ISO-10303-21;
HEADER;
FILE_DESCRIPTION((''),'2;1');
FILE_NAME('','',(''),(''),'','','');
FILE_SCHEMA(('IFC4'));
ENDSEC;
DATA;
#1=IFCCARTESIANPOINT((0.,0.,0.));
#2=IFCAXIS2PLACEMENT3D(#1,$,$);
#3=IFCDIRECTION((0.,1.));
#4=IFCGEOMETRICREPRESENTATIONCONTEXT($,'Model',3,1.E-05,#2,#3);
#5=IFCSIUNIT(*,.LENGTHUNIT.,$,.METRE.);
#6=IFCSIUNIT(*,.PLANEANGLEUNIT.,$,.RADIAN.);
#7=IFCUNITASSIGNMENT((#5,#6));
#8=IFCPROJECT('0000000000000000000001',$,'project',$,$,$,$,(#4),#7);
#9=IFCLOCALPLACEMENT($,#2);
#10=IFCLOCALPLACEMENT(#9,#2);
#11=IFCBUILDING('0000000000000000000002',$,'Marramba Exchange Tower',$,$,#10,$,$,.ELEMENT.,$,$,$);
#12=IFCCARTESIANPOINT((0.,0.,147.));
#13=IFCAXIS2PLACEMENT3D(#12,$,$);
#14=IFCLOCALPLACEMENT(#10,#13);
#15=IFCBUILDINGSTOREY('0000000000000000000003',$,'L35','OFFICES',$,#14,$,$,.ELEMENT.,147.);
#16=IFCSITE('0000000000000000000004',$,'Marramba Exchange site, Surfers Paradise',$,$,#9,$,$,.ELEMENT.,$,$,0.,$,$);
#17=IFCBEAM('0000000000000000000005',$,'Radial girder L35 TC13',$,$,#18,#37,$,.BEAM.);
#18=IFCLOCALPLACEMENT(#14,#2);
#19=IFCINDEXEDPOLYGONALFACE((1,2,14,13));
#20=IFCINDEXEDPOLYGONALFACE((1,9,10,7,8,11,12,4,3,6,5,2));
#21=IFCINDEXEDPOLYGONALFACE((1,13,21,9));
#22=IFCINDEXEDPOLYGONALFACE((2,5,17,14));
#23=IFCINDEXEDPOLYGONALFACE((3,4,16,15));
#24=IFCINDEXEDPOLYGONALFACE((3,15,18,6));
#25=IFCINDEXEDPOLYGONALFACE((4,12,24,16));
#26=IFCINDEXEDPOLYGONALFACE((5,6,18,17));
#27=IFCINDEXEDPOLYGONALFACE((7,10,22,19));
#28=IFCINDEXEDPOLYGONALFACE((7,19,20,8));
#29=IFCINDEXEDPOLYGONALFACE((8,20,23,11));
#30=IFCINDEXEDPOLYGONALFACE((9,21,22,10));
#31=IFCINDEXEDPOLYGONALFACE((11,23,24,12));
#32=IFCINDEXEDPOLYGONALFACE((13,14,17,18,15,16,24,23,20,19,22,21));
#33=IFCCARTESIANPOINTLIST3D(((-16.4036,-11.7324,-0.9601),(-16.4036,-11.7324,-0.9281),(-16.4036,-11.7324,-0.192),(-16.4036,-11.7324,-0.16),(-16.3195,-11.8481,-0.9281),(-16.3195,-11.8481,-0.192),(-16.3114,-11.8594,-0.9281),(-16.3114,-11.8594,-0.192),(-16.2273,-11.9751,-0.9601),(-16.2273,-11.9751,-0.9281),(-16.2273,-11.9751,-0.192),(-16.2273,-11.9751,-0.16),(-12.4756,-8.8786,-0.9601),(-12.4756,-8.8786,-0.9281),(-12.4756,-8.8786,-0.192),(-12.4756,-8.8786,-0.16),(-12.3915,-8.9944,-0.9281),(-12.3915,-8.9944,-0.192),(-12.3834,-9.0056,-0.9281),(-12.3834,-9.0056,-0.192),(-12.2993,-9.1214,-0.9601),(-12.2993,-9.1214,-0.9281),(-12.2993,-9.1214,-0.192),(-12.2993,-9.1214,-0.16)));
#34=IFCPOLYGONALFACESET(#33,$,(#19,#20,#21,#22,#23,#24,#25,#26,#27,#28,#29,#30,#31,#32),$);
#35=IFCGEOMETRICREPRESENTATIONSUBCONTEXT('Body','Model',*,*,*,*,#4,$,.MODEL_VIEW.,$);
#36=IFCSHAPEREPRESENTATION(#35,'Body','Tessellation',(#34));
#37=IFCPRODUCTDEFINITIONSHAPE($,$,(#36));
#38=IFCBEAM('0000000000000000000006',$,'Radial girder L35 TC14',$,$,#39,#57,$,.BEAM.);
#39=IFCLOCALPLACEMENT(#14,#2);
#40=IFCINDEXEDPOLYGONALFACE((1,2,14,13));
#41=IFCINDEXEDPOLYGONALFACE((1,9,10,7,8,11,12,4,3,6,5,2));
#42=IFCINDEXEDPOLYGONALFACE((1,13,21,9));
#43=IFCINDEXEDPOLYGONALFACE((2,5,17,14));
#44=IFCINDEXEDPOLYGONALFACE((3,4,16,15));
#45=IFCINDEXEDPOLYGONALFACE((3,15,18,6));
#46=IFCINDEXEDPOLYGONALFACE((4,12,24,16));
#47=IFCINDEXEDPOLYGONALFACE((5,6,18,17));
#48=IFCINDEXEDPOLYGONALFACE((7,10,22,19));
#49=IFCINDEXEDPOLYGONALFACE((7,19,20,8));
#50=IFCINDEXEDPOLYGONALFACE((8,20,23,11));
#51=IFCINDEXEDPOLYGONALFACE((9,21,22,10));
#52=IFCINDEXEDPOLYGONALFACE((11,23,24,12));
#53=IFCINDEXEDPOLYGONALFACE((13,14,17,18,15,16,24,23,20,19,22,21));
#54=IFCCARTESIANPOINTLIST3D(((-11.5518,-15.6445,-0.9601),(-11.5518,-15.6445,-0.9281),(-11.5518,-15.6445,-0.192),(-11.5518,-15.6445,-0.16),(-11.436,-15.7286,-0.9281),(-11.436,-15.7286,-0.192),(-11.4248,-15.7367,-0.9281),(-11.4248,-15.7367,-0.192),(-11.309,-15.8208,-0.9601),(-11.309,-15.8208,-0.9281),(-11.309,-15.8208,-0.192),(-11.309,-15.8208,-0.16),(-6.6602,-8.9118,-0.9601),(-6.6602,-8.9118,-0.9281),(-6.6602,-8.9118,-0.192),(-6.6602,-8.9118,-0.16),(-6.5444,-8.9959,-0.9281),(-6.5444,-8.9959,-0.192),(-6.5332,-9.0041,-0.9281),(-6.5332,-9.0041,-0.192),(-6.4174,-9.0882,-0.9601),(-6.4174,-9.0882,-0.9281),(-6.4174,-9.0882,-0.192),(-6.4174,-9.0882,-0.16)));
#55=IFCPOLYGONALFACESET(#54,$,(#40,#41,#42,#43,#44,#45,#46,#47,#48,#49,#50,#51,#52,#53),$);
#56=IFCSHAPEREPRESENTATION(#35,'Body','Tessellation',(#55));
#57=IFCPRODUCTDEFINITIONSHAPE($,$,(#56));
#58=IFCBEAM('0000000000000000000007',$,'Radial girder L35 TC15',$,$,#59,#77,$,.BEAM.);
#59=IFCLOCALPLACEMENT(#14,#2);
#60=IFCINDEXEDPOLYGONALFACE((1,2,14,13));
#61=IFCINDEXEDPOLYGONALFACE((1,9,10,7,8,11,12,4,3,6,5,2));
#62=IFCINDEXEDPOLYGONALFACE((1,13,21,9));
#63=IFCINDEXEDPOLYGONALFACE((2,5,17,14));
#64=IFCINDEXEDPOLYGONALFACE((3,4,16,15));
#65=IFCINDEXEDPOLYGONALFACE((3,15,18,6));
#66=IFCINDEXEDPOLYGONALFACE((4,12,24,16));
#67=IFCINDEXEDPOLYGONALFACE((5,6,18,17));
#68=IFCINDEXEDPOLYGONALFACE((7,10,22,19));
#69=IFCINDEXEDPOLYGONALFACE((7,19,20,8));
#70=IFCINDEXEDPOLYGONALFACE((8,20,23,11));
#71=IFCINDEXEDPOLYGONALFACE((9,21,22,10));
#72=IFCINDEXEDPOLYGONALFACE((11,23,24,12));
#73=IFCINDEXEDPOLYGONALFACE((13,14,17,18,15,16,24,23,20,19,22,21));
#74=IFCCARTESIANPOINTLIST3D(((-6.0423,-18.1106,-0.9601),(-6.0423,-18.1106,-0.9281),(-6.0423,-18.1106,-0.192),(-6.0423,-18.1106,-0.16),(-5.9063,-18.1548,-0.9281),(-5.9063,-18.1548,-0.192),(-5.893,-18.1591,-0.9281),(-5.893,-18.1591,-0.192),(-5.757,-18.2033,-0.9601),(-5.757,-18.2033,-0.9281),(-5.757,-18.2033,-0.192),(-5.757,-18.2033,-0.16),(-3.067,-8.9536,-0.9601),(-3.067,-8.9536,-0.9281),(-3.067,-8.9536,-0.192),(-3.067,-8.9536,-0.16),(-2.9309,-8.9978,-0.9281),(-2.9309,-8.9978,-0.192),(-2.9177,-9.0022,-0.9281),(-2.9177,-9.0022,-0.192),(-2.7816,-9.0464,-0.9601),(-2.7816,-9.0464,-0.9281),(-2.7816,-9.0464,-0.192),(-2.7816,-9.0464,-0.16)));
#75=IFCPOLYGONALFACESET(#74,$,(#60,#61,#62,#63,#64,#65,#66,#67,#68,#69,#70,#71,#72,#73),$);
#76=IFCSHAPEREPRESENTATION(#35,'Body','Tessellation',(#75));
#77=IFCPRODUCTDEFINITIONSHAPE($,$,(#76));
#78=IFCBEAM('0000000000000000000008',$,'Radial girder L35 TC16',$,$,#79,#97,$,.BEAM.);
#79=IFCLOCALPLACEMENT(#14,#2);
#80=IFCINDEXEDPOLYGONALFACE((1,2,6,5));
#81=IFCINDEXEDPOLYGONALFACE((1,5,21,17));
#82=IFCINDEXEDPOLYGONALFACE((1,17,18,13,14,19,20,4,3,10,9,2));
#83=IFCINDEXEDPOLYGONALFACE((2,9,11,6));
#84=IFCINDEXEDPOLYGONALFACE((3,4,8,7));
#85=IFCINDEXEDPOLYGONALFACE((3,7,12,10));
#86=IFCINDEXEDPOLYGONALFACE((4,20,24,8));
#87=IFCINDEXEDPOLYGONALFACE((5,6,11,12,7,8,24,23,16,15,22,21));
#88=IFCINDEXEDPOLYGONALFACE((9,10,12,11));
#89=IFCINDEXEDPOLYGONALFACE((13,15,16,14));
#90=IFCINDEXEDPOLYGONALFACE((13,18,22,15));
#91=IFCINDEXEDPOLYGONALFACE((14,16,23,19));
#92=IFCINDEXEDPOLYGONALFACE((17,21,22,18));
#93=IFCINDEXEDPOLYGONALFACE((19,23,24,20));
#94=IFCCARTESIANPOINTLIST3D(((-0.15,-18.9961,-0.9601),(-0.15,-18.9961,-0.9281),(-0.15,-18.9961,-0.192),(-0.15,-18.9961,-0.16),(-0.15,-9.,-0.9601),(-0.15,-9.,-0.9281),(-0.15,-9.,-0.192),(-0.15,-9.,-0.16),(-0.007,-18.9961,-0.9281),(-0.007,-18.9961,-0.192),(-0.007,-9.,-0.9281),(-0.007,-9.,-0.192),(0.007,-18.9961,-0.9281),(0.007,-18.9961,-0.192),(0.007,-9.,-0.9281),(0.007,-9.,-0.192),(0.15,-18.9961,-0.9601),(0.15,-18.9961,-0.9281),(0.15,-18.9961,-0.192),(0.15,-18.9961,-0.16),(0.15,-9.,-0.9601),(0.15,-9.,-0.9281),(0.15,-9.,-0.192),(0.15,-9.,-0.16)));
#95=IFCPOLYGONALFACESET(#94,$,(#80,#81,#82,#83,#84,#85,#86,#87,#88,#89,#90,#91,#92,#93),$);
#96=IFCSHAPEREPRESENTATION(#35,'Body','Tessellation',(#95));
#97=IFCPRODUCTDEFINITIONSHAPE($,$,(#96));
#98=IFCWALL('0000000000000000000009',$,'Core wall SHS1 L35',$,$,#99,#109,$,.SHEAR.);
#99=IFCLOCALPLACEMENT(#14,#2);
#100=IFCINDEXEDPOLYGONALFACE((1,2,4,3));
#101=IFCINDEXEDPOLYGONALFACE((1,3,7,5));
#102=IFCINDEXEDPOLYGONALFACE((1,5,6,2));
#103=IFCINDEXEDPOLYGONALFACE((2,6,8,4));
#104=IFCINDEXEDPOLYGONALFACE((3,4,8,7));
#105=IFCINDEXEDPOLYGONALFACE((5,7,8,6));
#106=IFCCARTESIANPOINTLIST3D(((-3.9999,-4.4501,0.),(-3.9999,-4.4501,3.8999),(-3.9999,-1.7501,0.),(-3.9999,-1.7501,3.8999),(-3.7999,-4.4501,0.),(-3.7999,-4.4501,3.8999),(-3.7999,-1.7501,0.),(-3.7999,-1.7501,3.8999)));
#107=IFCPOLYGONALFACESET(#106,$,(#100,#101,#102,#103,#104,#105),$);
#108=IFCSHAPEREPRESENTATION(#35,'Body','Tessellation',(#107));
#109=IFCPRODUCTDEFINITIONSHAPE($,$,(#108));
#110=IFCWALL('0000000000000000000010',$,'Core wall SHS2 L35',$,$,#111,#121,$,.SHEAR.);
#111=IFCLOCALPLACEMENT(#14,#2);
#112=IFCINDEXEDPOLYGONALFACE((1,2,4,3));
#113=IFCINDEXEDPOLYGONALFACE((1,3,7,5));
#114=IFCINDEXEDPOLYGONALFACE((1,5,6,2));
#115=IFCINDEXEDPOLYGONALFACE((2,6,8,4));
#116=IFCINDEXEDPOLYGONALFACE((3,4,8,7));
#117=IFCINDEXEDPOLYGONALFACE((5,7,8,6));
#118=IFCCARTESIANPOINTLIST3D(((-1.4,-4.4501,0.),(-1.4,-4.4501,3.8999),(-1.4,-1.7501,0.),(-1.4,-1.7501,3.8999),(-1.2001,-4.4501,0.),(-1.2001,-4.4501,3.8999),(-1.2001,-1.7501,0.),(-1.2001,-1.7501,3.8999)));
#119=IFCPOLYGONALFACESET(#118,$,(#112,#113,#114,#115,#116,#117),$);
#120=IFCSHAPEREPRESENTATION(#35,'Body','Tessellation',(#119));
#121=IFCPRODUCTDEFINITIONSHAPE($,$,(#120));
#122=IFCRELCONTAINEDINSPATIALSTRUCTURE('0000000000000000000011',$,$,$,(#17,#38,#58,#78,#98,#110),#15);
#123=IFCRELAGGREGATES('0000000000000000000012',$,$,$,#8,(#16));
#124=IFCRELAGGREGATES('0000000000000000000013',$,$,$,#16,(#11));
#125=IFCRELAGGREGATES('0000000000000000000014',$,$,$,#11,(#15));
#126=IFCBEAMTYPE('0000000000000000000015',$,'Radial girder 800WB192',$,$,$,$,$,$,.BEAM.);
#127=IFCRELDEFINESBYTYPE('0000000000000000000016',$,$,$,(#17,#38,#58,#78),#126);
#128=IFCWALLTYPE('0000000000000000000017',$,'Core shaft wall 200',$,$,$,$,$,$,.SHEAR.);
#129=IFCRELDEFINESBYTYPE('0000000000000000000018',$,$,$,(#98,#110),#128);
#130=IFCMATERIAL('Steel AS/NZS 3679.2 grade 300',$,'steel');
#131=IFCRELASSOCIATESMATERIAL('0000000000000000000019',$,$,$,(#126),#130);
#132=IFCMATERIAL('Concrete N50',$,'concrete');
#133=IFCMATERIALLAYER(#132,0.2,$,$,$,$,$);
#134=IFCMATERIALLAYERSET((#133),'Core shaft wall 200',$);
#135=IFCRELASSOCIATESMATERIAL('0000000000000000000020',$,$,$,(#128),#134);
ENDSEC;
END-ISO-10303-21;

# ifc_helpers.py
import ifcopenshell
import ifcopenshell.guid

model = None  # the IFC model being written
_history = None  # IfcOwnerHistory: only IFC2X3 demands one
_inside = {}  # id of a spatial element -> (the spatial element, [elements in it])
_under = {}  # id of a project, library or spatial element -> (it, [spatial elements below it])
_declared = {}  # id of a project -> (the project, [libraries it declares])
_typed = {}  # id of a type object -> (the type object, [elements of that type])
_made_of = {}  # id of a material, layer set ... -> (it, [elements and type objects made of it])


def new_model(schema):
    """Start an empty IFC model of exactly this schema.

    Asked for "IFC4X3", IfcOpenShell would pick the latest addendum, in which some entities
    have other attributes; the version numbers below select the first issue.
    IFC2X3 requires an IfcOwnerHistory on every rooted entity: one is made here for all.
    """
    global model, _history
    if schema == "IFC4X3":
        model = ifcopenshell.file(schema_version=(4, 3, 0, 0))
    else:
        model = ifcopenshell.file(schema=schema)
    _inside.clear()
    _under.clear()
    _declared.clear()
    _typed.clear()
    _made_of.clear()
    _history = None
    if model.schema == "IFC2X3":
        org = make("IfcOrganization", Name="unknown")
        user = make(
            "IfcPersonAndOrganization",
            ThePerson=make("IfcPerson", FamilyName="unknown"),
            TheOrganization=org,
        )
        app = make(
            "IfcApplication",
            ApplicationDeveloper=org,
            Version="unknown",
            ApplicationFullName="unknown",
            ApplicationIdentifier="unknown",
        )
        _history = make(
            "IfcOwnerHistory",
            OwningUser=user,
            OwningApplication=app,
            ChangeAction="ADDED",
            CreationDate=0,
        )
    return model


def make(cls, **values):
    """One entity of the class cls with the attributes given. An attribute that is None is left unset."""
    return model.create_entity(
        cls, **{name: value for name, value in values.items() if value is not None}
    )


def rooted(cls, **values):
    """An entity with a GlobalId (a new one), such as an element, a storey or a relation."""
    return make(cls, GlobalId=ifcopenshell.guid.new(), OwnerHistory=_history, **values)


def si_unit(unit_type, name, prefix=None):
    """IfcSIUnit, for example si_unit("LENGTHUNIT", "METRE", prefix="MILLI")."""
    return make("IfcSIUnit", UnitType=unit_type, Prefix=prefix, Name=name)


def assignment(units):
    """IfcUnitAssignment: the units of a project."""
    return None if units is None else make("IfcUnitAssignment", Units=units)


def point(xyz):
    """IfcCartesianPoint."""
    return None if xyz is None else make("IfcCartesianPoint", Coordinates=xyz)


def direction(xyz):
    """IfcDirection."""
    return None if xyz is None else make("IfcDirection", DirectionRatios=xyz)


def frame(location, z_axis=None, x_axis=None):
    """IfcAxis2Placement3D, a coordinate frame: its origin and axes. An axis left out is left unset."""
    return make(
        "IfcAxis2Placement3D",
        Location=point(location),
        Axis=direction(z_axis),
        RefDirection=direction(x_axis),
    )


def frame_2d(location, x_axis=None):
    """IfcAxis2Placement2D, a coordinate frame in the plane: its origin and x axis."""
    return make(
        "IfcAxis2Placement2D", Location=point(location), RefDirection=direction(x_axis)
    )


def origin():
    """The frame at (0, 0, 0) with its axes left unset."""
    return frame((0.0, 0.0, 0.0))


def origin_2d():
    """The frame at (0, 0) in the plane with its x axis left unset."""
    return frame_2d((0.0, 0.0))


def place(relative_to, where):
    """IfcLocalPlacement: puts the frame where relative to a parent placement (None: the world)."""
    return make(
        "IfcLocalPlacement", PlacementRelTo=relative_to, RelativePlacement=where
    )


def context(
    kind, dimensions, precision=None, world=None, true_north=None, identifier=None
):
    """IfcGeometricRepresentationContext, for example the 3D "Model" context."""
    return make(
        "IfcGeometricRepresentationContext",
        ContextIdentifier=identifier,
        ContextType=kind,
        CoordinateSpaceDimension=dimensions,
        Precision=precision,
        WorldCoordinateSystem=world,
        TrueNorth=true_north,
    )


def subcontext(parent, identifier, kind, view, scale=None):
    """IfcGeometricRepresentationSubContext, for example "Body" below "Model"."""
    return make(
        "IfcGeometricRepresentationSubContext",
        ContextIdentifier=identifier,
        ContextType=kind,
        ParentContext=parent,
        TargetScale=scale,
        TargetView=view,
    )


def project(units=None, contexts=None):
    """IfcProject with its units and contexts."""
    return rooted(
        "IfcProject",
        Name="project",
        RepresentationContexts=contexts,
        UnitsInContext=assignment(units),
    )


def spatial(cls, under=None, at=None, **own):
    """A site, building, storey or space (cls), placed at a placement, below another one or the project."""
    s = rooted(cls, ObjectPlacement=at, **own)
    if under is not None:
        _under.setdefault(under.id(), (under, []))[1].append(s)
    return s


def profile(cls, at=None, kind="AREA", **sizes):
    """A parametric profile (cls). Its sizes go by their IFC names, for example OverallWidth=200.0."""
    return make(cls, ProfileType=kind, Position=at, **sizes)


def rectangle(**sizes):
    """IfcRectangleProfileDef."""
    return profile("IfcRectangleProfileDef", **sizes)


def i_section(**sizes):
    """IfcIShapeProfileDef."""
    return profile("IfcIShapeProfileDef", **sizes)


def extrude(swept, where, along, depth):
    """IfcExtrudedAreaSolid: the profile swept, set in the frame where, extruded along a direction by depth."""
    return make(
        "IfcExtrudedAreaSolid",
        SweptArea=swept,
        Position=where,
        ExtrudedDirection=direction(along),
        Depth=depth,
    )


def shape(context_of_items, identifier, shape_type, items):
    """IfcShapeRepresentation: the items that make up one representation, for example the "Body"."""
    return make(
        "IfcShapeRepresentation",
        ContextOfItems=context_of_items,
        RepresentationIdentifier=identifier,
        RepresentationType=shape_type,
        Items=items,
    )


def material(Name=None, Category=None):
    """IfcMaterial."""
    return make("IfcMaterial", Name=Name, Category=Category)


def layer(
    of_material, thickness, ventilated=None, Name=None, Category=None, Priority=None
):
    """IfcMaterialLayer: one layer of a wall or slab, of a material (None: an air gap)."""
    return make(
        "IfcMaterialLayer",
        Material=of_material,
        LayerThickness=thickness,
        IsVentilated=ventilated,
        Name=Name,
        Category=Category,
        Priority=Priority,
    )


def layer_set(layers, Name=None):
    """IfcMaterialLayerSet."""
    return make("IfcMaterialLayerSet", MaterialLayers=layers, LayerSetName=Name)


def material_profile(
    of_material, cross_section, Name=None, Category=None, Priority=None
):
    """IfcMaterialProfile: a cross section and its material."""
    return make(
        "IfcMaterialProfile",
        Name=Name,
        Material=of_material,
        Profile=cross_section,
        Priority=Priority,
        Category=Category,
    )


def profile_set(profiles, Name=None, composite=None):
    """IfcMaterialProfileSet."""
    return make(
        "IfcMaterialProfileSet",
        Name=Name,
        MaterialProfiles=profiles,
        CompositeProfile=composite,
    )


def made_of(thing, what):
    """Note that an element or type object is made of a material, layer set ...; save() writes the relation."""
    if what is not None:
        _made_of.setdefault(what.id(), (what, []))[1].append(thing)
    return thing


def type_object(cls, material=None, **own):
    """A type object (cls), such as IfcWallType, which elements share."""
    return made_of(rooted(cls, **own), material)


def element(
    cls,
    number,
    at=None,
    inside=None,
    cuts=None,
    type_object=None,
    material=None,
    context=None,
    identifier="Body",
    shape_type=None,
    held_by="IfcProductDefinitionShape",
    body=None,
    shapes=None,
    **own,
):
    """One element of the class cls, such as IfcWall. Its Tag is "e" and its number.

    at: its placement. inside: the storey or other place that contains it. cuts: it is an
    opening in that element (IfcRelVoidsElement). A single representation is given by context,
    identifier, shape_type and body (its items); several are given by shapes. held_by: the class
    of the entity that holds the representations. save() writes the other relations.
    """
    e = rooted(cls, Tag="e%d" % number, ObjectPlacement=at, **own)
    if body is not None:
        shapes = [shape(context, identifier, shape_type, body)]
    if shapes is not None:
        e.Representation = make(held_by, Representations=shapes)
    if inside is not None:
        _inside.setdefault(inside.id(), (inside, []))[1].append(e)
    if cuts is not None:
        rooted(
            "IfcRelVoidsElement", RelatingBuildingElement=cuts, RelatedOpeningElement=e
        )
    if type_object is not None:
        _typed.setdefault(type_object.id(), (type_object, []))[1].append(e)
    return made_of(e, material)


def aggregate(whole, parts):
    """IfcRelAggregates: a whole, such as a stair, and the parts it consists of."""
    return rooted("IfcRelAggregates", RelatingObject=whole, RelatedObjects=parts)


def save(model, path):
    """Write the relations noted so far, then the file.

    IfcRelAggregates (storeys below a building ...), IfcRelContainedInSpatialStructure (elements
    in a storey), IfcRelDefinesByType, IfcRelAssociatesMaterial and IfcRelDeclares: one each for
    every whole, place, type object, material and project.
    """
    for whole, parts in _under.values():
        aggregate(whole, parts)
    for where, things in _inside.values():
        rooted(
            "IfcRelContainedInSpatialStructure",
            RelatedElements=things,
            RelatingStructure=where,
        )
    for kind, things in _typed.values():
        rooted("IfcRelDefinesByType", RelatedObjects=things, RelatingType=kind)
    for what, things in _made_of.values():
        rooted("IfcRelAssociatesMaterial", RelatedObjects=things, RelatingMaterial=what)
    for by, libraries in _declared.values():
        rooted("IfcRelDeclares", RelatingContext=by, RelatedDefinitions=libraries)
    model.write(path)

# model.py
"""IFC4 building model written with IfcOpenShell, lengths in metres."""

from ifc_helpers import new_model, si_unit, direction, frame, frame_2d, origin, origin_2d, place, context, subcontext, project, spatial, rectangle, i_section, extrude, material, layer, layer_set, material_profile, profile_set, type_object, element, save


model = new_model("IFC4")

# Units and contexts
model_context = context("Model", 3, precision=1e-05, world=origin(), true_north=direction((0.0, 1.0)))
body_context = subcontext(model_context, "Body", "Model", "MODEL_VIEW")
ifc_project = project(units=[si_unit("LENGTHUNIT", "METRE"), si_unit("PLANEANGLEUNIT", "RADIAN")], contexts=[model_context])

# Site, building, storey
site_placement = place(None, origin())
site = spatial("IfcSite", under=ifc_project, at=site_placement, Name="Marramba Exchange site, Surfers Paradise", CompositionType="ELEMENT", RefElevation=0.0)
building_placement = place(site_placement, origin())
building = spatial("IfcBuilding", under=site, at=building_placement, Name="Marramba Exchange Tower", CompositionType="ELEMENT")
storey_placement = place(building_placement, frame((0.0, 0.0, 147.0)))
storey = spatial("IfcBuildingStorey", under=building, at=storey_placement, Name="L35", Description="OFFICES", CompositionType="ELEMENT", Elevation=147.0)

# Beams
ifc_material_1 = material(Name="Steel AS/NZS 3679.2 grade 300", Category="steel")
ifc_material_profile = material_profile(ifc_material_1, i_section(OverallWidth=0.3, OverallDepth=0.8, WebThickness=0.0139, FlangeThickness=0.032, at=origin_2d()), Name="800WB192")
ifc_profile_set = profile_set([ifc_material_profile], Name="Steel AS/NZS 3679.2 grade 300")
beam_type = type_object("IfcBeamType", Name="Radial girder 800WB192", PredefinedType="BEAM", material=ifc_profile_set)
beam_1_placement = place(storey_placement, frame((-12.3875, -9.0, -0.5601), z_axis=(-0.809025, -0.587774, 0.0), x_axis=(0.587774, -0.809025, 0.0)))
element("IfcBeam", 1, at=beam_1_placement, inside=storey, type_object=beam_type, Name="Radial girder L35 TC13", PredefinedType="BEAM", context=body_context, shape_type="SweptSolid", body=[
    extrude(i_section(OverallWidth=0.3, OverallDepth=0.8, WebThickness=0.0139, FlangeThickness=0.032, at=origin_2d()), origin(), (0.0, 0.0, 1.0), 4.8552),
])
beam_2_placement = place(storey_placement, frame((-6.5388, -9.0, -0.5601), z_axis=(-0.587788, -0.809015, 0.0), x_axis=(0.809015, -0.587788, 0.0)))
element("IfcBeam", 2, at=beam_2_placement, inside=storey, type_object=beam_type, Name="Radial girder L35 TC14", PredefinedType="BEAM", context=body_context, shape_type="SweptSolid", body=[
    extrude(i_section(OverallWidth=0.3, OverallDepth=0.8, WebThickness=0.0139, FlangeThickness=0.032, at=origin_2d()), origin(), (0.0, 0.0, 1.0), 8.322),
])
beam_3_placement = place(storey_placement, frame((-2.9243, -9.0, -0.5601), z_axis=(-0.309022, -0.951055, 0.0), x_axis=(0.951055, -0.309022, 0.0)))
element("IfcBeam", 3, at=beam_3_placement, inside=storey, type_object=beam_type, Name="Radial girder L35 TC15", PredefinedType="BEAM", context=body_context, shape_type="SweptSolid", body=[
    extrude(i_section(OverallWidth=0.3, OverallDepth=0.8, WebThickness=0.0139, FlangeThickness=0.032, at=origin_2d()), origin(), (0.0, 0.0, 1.0), 9.6282),
])
beam_4_placement = place(storey_placement, frame((0.0, -9.0, -0.5601), z_axis=(0.0, -1.0, 0.0), x_axis=(1.0, 0.0, 0.0)))
element("IfcBeam", 4, at=beam_4_placement, inside=storey, type_object=beam_type, Name="Radial girder L35 TC16", PredefinedType="BEAM", context=body_context, shape_type="SweptSolid", body=[
    extrude(i_section(OverallWidth=0.3, OverallDepth=0.8, WebThickness=0.0139, FlangeThickness=0.032, at=origin_2d()), origin(), (0.0, 0.0, 1.0), 9.9961),
])

# Walls
ifc_material_2 = material(Name="Concrete N50", Category="concrete")
ifc_layer_1 = layer(ifc_material_2, 0.2)
ifc_layer_set_1 = layer_set([ifc_layer_1], Name="Core shaft wall 200")
wall_type_1 = type_object("IfcWallType", Name="Core shaft wall 200", PredefinedType="SHEAR", material=ifc_layer_set_1)
for number, where, z_axis, x_axis, name in (
    (5, (-3.8999, -1.75, 0.0), (0.0, 0.0, 1.0), (0.0, -1.0, 0.0), "Core wall SHS1 L35"),
    (6, (-1.3, -1.75, 0.0), (0.0, 0.0, 1.0), (0.0, -1.0, 0.0), "Core wall SHS2 L35"),
):
    element("IfcWall", number, at=place(storey_placement, frame(where, z_axis=z_axis, x_axis=x_axis)), inside=storey, type_object=wall_type_1, Name=name, PredefinedType="SHEAR", context=body_context, shape_type="SweptSolid", body=[
        extrude(rectangle(XDim=2.7, YDim=0.2, at=frame_2d((1.3501, 0.0))), origin(), (0.0, 0.0, 1.0), 3.8999),
    ])

save(model, "model.ifc")
